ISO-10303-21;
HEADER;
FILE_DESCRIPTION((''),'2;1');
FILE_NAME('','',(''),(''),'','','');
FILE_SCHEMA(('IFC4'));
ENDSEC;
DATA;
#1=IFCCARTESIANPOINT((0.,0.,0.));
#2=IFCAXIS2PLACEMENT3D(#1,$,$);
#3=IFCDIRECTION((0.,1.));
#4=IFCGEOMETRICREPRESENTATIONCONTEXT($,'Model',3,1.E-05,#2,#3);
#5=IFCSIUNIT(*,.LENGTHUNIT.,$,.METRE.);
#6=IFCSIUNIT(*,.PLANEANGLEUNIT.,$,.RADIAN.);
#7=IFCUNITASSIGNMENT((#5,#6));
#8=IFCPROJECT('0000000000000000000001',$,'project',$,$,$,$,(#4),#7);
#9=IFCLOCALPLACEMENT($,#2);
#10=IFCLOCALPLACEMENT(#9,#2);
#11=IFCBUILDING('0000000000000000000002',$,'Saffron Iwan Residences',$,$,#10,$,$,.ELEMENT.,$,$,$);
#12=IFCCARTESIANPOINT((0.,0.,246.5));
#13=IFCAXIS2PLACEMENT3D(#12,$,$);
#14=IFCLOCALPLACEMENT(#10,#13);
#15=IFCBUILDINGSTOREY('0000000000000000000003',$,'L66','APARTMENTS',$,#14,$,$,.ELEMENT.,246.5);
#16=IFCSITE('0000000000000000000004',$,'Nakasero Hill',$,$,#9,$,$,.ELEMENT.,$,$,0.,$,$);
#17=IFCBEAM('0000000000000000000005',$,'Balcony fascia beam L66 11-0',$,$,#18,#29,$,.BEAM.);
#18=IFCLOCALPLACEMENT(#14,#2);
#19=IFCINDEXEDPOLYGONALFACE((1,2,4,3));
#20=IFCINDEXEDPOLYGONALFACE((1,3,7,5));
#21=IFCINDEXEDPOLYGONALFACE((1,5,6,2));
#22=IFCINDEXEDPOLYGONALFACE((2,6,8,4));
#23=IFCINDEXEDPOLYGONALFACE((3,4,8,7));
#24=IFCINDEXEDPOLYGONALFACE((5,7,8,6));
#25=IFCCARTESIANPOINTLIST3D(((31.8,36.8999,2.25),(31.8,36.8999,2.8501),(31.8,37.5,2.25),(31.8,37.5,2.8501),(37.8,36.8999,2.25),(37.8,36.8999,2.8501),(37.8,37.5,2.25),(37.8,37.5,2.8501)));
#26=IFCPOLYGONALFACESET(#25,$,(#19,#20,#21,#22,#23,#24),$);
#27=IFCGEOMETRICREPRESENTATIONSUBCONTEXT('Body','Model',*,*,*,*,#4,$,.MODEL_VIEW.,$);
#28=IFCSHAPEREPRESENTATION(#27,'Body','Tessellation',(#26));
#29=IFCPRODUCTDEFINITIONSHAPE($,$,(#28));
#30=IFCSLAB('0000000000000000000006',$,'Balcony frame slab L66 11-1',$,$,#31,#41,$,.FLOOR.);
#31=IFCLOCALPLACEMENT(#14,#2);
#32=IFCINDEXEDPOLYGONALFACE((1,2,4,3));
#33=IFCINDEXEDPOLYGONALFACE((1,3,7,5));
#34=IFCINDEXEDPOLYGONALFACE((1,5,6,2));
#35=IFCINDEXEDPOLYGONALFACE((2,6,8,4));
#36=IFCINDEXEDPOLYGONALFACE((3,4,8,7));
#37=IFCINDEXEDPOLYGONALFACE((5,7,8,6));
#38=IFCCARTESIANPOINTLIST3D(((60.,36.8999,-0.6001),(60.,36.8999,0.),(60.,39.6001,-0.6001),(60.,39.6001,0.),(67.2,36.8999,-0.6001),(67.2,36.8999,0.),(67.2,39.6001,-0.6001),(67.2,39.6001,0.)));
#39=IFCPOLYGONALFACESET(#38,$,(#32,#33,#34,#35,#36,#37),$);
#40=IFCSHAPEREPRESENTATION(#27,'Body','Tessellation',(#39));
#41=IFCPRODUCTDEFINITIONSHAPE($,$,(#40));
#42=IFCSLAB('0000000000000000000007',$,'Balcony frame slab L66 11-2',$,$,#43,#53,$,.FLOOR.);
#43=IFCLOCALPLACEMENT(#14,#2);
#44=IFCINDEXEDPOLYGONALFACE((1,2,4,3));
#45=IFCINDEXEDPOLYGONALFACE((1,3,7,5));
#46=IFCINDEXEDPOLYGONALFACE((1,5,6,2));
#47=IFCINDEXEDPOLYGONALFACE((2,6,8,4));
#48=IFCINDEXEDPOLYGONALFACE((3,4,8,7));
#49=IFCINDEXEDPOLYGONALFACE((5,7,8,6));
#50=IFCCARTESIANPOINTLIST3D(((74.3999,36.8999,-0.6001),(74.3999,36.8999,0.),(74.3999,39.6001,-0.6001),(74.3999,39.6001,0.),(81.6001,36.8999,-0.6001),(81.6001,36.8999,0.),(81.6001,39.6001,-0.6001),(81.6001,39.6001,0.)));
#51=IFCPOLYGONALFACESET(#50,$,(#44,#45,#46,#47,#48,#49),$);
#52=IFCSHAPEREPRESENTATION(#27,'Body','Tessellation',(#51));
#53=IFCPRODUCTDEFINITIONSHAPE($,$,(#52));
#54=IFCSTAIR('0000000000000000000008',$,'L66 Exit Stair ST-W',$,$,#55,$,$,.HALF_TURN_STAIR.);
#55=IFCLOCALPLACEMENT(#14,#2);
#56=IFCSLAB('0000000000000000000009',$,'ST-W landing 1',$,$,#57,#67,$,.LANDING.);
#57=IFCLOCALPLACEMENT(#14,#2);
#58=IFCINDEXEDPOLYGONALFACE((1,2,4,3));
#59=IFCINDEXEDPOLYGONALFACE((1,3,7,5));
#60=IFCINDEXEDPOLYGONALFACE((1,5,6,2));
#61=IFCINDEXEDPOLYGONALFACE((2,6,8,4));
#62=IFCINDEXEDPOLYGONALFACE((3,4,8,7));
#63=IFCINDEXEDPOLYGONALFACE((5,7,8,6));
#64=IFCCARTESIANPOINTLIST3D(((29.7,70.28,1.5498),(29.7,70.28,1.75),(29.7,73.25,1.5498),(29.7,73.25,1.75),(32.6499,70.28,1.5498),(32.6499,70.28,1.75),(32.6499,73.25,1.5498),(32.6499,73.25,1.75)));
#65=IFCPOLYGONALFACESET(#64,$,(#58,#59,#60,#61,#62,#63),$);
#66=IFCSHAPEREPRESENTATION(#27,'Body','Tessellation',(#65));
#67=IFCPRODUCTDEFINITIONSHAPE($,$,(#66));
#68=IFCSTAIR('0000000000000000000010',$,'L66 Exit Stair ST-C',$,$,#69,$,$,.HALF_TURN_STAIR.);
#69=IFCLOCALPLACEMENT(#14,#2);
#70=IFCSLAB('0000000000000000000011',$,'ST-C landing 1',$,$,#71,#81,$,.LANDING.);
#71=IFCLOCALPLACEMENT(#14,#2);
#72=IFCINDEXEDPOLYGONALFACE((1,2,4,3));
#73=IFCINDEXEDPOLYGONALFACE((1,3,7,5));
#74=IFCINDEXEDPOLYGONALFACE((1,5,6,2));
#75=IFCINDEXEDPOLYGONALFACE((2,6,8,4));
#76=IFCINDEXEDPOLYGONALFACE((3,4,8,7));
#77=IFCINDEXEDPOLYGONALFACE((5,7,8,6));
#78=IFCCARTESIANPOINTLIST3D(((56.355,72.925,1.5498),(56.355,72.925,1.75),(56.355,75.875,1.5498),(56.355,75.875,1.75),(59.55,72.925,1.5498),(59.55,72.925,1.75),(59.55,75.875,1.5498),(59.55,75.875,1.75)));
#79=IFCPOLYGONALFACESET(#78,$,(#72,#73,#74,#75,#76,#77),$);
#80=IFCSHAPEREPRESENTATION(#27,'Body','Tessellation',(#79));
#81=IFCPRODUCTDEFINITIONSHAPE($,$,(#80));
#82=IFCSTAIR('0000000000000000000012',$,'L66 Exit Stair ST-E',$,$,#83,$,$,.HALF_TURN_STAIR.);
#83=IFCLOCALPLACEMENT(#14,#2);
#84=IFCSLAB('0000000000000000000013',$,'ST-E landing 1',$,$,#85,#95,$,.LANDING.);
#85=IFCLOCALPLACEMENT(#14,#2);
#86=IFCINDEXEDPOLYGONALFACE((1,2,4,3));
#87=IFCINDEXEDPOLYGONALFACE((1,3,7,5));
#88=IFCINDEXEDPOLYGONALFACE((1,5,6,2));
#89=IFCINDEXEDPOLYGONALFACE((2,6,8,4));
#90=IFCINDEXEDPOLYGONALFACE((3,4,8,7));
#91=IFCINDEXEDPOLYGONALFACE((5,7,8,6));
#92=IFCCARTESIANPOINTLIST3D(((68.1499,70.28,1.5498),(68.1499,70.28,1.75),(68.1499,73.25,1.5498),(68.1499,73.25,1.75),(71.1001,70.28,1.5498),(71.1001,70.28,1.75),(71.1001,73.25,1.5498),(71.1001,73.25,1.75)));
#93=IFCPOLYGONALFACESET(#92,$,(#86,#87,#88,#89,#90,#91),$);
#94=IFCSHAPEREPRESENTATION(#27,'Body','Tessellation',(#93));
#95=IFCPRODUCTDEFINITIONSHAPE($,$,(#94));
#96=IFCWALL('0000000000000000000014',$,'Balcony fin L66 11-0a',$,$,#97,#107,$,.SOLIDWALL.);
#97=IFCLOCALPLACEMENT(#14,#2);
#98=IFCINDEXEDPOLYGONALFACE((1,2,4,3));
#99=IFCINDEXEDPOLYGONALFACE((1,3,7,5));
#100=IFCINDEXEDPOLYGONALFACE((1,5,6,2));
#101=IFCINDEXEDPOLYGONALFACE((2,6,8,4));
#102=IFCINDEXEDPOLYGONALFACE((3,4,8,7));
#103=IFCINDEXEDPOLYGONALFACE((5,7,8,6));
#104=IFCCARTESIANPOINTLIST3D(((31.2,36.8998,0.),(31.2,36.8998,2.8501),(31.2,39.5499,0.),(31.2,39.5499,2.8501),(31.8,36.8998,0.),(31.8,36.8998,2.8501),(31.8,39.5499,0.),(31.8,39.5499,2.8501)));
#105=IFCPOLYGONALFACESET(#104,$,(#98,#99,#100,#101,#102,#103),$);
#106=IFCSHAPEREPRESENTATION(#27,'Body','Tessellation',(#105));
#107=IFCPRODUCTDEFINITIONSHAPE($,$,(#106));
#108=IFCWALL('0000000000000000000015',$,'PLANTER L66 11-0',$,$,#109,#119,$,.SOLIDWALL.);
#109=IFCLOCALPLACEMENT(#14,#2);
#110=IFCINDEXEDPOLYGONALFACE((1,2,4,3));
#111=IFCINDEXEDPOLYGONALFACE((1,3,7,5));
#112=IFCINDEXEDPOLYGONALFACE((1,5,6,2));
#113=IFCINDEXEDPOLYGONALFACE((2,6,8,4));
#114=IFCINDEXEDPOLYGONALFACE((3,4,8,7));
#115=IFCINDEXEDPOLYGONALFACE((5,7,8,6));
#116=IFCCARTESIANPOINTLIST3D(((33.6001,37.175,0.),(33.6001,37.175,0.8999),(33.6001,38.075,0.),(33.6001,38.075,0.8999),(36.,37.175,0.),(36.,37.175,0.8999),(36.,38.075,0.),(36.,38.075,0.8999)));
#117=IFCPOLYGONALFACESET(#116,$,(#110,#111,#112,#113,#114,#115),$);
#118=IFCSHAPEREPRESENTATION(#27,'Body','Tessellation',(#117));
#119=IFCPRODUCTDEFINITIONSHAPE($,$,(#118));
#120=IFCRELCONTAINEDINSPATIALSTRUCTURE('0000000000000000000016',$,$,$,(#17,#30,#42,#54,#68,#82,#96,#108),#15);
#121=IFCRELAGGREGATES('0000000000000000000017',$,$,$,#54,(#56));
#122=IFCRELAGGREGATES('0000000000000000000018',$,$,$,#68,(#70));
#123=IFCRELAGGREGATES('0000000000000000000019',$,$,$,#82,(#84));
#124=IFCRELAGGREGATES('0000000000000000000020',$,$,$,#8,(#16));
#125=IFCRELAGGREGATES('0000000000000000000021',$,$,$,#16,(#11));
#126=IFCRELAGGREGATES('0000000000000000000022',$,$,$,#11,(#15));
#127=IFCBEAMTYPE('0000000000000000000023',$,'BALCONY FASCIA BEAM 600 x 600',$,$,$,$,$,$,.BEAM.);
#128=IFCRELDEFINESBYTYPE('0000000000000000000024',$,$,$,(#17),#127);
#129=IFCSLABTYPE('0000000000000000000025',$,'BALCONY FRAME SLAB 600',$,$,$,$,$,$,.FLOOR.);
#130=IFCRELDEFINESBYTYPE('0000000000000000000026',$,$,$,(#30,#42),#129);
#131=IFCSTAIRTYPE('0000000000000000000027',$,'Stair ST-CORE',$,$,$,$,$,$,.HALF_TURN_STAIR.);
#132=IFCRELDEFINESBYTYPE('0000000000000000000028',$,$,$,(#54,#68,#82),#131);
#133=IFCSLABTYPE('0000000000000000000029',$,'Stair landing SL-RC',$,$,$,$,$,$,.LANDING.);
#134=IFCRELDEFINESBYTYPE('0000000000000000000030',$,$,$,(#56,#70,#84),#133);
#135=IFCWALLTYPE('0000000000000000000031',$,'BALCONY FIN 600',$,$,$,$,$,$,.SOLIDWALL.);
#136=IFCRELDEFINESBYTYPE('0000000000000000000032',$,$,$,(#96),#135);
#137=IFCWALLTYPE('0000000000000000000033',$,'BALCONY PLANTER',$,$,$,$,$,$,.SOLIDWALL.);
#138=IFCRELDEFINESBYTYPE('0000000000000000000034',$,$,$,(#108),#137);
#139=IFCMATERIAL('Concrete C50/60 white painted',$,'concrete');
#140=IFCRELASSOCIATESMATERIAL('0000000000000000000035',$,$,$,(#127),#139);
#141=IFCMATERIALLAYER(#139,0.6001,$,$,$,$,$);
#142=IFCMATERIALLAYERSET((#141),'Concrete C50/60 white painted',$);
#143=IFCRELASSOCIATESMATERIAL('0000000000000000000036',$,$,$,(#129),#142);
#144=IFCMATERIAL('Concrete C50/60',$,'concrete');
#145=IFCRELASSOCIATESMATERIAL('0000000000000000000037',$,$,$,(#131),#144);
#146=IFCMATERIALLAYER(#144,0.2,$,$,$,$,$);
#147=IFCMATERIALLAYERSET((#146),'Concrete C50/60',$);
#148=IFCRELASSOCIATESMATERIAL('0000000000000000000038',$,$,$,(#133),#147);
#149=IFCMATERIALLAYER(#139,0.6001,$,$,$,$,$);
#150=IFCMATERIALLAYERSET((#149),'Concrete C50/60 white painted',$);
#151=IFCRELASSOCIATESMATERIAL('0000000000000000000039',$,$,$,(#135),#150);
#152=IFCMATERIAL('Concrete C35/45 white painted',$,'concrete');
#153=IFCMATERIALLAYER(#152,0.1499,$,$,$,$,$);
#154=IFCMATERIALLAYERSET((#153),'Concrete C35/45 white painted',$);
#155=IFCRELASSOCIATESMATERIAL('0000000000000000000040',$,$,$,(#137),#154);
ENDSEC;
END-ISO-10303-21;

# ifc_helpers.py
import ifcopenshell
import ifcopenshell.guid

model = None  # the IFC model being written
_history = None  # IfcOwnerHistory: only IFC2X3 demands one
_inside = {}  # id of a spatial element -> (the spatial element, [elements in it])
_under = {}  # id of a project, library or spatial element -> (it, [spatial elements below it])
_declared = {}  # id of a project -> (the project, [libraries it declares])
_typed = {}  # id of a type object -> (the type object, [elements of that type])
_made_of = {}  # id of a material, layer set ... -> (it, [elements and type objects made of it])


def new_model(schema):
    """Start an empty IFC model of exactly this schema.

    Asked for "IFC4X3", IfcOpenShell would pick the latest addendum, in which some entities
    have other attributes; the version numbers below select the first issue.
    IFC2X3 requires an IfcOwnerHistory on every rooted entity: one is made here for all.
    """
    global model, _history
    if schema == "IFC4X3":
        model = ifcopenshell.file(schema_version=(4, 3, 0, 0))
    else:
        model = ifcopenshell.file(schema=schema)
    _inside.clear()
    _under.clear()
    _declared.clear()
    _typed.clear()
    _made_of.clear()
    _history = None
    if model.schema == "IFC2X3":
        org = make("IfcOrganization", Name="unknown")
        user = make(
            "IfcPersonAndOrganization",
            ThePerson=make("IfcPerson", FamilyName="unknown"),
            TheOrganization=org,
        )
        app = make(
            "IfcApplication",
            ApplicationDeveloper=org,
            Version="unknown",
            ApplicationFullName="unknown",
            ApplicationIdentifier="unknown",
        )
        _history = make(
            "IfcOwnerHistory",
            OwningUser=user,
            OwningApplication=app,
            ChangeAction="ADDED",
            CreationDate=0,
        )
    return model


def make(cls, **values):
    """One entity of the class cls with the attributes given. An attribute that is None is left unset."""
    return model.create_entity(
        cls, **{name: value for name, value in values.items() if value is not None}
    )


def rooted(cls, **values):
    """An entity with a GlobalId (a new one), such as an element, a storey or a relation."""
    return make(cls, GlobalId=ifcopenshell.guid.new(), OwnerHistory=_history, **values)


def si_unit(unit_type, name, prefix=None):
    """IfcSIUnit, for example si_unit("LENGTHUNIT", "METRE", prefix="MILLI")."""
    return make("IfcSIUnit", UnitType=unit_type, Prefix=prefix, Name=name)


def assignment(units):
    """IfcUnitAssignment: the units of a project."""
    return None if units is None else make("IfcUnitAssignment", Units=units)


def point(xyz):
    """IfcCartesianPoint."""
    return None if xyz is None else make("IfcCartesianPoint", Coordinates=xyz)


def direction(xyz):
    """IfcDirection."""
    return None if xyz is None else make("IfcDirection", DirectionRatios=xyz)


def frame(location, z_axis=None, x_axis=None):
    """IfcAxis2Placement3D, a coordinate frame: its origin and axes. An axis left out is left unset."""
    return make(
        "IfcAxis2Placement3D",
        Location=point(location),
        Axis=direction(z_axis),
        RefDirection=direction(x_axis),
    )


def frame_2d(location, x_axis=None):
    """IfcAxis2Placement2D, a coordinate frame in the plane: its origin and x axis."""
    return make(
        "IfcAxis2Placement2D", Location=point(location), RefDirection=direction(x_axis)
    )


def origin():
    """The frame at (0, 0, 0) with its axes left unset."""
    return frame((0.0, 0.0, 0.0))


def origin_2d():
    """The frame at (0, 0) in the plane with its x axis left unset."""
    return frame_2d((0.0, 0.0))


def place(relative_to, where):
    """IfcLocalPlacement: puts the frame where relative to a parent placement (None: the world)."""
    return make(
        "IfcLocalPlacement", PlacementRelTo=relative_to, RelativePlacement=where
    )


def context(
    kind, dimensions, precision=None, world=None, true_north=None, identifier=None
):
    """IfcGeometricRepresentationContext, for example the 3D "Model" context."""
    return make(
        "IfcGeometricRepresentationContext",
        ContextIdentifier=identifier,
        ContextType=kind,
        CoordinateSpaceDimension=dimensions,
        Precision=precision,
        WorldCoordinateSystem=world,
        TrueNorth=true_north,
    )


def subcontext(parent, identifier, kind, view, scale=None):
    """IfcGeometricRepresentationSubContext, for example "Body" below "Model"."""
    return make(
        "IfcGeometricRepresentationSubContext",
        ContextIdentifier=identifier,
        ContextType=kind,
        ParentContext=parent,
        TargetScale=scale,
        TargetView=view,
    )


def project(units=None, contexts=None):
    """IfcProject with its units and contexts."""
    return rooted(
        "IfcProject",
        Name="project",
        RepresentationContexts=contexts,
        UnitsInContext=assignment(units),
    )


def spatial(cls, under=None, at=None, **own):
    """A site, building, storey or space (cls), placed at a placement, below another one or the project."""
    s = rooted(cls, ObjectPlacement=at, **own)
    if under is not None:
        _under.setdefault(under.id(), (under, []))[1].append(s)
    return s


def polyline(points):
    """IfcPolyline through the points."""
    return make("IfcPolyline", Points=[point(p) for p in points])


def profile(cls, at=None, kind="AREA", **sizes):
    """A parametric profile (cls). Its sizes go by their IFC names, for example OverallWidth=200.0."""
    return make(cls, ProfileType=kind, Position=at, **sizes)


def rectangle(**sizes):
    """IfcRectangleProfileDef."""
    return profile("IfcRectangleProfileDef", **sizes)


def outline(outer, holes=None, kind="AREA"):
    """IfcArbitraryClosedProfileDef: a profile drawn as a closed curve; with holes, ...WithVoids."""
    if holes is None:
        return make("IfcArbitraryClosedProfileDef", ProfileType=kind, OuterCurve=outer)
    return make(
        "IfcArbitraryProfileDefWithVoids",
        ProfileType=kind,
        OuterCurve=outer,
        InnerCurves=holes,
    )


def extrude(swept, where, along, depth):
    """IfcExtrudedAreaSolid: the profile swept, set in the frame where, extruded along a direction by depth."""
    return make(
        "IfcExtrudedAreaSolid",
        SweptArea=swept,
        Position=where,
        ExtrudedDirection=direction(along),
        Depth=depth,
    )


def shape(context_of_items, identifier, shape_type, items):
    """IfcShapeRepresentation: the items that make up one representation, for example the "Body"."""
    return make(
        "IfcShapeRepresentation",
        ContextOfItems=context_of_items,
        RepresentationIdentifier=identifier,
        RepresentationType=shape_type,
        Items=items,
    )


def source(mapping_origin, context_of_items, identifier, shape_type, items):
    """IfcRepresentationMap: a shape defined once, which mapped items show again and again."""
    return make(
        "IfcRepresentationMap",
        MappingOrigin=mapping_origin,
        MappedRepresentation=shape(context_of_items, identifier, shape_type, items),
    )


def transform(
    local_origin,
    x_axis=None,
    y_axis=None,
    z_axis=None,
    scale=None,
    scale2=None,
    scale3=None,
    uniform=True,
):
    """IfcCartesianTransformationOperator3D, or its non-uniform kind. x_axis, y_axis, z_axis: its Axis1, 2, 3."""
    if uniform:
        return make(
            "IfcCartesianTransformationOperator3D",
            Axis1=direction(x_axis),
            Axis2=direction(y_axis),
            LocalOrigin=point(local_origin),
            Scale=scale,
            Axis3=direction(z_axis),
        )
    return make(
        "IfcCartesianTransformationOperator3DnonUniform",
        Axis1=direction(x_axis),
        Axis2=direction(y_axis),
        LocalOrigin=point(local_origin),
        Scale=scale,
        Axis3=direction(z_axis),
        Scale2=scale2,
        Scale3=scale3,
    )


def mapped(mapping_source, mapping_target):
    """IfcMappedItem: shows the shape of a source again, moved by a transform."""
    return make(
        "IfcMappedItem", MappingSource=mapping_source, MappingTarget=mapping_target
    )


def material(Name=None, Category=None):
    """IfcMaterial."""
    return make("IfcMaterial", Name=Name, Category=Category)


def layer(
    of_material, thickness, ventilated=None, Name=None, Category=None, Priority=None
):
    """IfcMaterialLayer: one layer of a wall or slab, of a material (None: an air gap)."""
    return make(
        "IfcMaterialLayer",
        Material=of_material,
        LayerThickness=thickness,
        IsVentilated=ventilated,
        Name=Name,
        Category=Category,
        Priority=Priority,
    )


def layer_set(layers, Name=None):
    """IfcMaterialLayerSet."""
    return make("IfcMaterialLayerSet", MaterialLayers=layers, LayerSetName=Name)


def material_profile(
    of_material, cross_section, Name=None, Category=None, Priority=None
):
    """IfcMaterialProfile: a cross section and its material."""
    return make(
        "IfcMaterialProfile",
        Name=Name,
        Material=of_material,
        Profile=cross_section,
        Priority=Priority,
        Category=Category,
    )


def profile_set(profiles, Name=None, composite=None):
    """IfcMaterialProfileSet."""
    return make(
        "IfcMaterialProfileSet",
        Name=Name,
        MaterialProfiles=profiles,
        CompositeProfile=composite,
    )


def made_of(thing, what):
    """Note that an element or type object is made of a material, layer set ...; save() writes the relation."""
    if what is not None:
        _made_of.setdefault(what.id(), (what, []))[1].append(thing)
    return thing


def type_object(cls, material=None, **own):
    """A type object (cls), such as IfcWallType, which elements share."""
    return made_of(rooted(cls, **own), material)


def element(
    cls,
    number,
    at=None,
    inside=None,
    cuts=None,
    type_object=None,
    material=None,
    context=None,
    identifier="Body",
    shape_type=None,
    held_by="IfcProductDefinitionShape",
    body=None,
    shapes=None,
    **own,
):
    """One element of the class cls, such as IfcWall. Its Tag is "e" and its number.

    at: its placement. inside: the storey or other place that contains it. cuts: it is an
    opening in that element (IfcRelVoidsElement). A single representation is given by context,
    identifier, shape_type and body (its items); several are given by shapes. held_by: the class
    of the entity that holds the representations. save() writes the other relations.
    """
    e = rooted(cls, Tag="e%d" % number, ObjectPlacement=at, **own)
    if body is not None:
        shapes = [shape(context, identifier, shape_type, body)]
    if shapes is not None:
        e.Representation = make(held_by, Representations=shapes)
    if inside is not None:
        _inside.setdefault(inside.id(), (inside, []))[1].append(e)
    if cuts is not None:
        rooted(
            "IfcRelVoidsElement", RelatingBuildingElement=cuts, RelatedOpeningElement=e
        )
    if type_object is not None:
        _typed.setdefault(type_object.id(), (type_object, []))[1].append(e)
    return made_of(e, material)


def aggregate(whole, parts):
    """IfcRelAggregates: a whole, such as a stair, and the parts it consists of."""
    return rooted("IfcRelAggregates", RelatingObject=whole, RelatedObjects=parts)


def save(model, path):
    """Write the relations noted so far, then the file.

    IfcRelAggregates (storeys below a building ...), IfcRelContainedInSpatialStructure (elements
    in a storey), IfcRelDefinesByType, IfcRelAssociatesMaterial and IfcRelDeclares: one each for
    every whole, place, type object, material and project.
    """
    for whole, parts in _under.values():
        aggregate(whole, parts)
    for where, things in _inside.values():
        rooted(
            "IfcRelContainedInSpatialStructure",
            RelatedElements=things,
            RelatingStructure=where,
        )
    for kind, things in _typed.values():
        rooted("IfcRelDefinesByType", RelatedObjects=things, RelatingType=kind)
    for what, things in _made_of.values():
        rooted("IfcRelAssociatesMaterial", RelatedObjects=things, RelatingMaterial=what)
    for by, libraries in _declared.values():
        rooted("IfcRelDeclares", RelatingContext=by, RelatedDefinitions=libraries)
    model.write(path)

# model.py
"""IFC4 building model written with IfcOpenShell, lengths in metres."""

from ifc_helpers import new_model, si_unit, direction, frame, frame_2d, origin, origin_2d, place, context, subcontext, project, spatial, polyline, rectangle, outline, extrude, source, transform, mapped, material, layer, layer_set, material_profile, profile_set, type_object, element, aggregate, save


model = new_model("IFC4")

# Units and contexts
model_context = context("Model", 3, precision=1e-05, world=origin(), true_north=direction((0.0, 1.0)))
body_context = subcontext(model_context, "Body", "Model", "MODEL_VIEW")
ifc_project = project(units=[si_unit("LENGTHUNIT", "METRE"), si_unit("PLANEANGLEUNIT", "RADIAN")], contexts=[model_context])

# Site, building, storey
site_placement = place(None, origin())
site = spatial("IfcSite", under=ifc_project, at=site_placement, Name="Nakasero Hill", CompositionType="ELEMENT", RefElevation=0.0)
building_placement = place(site_placement, origin())
building = spatial("IfcBuilding", under=site, at=building_placement, Name="Saffron Iwan Residences", CompositionType="ELEMENT")
storey_placement = place(building_placement, frame((0.0, 0.0, 246.5)))
storey = spatial("IfcBuildingStorey", under=building, at=storey_placement, Name="L66", Description="APARTMENTS", CompositionType="ELEMENT", Elevation=246.5)

# Beam
ifc_material_1 = material(Name="Concrete C50/60 white painted", Category="concrete")
ifc_material_profile = material_profile(ifc_material_1, rectangle(XDim=0.6001, YDim=0.6001, at=origin_2d()), Name="BALCONY FASCIA BEAM 600 x 600")
ifc_profile_set = profile_set([ifc_material_profile], Name="Concrete C50/60 white painted")
beam_type = type_object("IfcBeamType", Name="BALCONY FASCIA BEAM 600 x 600", PredefinedType="BEAM", material=ifc_profile_set)
shared_shape = source(origin(), body_context, "Body", "SweptSolid", [
    extrude(rectangle(XDim=0.6001, YDim=0.6001, at=origin_2d()), origin(), (0.0, 0.0, 1.0), 6.0),
])
beam_placement = place(storey_placement, frame((31.8, 37.2, 2.55), z_axis=(1.0, 0.0, 0.0), x_axis=(0.0, 1.0, 0.0)))
element("IfcBeam", 1, at=beam_placement, inside=storey, type_object=beam_type, Name="Balcony fascia beam L66 11-0", PredefinedType="BEAM", context=body_context, shape_type="MappedRepresentation", body=[
    mapped(shared_shape, transform((0.0, 0.0, 0.0))),
])

# Slabs
ifc_layer_1 = layer(ifc_material_1, 0.6001)
ifc_layer_set_1 = layer_set([ifc_layer_1], Name="Concrete C50/60 white painted")
slab_type_1 = type_object("IfcSlabType", Name="BALCONY FRAME SLAB 600", PredefinedType="FLOOR", material=ifc_layer_set_1)
slab_1_placement = place(storey_placement, frame((0.0, 0.0, -0.6001)))
element("IfcSlab", 2, at=slab_1_placement, inside=storey, type_object=slab_type_1, Name="Balcony frame slab L66 11-1", PredefinedType="FLOOR", context=body_context, shape_type="SweptSolid", body=[
    extrude(outline(polyline([(60.0, 36.8999), (67.2, 36.8999), (67.2, 39.6001), (60.0, 39.6001), (60.0, 36.8999)])), origin(), (0.0, 0.0, 1.0), 0.6001),
])
slab_2_placement = place(storey_placement, frame((0.0, 0.0, -0.6001)))
element("IfcSlab", 3, at=slab_2_placement, inside=storey, type_object=slab_type_1, Name="Balcony frame slab L66 11-2", PredefinedType="FLOOR", context=body_context, shape_type="SweptSolid", body=[
    extrude(outline(polyline([(74.3999, 36.8999), (81.6001, 36.8999), (81.6001, 39.6001), (74.3999, 39.6001), (74.3999, 36.8999)])), origin(), (0.0, 0.0, 1.0), 0.6001),
])

# Stairs, slabs
ifc_material_2 = material(Name="Concrete C50/60", Category="concrete")
stair_type = type_object("IfcStairType", Name="Stair ST-CORE", PredefinedType="HALF_TURN_STAIR", material=ifc_material_2)
stair_1_placement = place(storey_placement, origin())
stair_1 = element("IfcStair", 4, at=stair_1_placement, inside=storey, type_object=stair_type, Name="L66 Exit Stair ST-W", PredefinedType="HALF_TURN_STAIR")
ifc_layer_2 = layer(ifc_material_2, 0.2)
ifc_layer_set_2 = layer_set([ifc_layer_2], Name="Concrete C50/60")
slab_type_2 = type_object("IfcSlabType", Name="Stair landing SL-RC", PredefinedType="LANDING", material=ifc_layer_set_2)
slab_3_placement = place(storey_placement, frame((0.0, 0.0, 1.5498)))
slab_3 = element("IfcSlab", 5, at=slab_3_placement, type_object=slab_type_2, Name="ST-W landing 1", PredefinedType="LANDING", context=body_context, shape_type="SweptSolid", body=[
    extrude(outline(polyline([(32.6499, 70.28), (32.6499, 73.25), (29.7, 73.25), (29.7, 70.28), (32.6499, 70.28)])), origin(), (0.0, 0.0, 1.0), 0.2002),
])
aggregate(stair_1, [slab_3])
stair_2_placement = place(storey_placement, origin())
stair_2 = element("IfcStair", 6, at=stair_2_placement, inside=storey, type_object=stair_type, Name="L66 Exit Stair ST-C", PredefinedType="HALF_TURN_STAIR")
slab_4_placement = place(storey_placement, frame((0.0, 0.0, 1.5498)))
slab_4 = element("IfcSlab", 7, at=slab_4_placement, type_object=slab_type_2, Name="ST-C landing 1", PredefinedType="LANDING", context=body_context, shape_type="SweptSolid", body=[
    extrude(outline(polyline([(56.355, 72.925), (59.55, 72.925), (59.55, 75.875), (56.355, 75.875), (56.355, 72.925)])), origin(), (0.0, 0.0, 1.0), 0.2002),
])
aggregate(stair_2, [slab_4])
stair_3_placement = place(storey_placement, origin())
stair_3 = element("IfcStair", 8, at=stair_3_placement, inside=storey, type_object=stair_type, Name="L66 Exit Stair ST-E", PredefinedType="HALF_TURN_STAIR")
slab_5_placement = place(storey_placement, frame((0.0, 0.0, 1.5498)))
slab_5 = element("IfcSlab", 9, at=slab_5_placement, type_object=slab_type_2, Name="ST-E landing 1", PredefinedType="LANDING", context=body_context, shape_type="SweptSolid", body=[
    extrude(outline(polyline([(71.1001, 70.28), (71.1001, 73.25), (68.1499, 73.25), (68.1499, 70.28), (71.1001, 70.28)])), origin(), (0.0, 0.0, 1.0), 0.2002),
])
aggregate(stair_3, [slab_5])

# Walls
ifc_layer_3 = layer(ifc_material_1, 0.6001)
ifc_layer_set_3 = layer_set([ifc_layer_3], Name="Concrete C50/60 white painted")
wall_type_1 = type_object("IfcWallType", Name="BALCONY FIN 600", PredefinedType="SOLIDWALL", material=ifc_layer_set_3)
wall_1_placement = place(storey_placement, frame((31.5, 39.55, 0.0), z_axis=(0.0, 0.0, 1.0), x_axis=(0.0, -1.0, 0.0)))
element("IfcWall", 10, at=wall_1_placement, inside=storey, type_object=wall_type_1, Name="Balcony fin L66 11-0a", PredefinedType="SOLIDWALL", context=body_context, shape_type="SweptSolid", body=[
    extrude(rectangle(XDim=2.6501, YDim=0.6001, at=frame_2d((1.3252, 0.0))), origin(), (0.0, 0.0, 1.0), 2.8501),
])
ifc_material_3 = material(Name="Concrete C35/45 white painted", Category="concrete")
ifc_layer_4 = layer(ifc_material_3, 0.1499)
ifc_layer_set_4 = layer_set([ifc_layer_4], Name="Concrete C35/45 white painted")
wall_type_2 = type_object("IfcWallType", Name="BALCONY PLANTER", PredefinedType="SOLIDWALL", material=ifc_layer_set_4)
wall_2_placement = place(storey_placement, frame((33.6001, 37.625, 0.0), z_axis=(0.0, 0.0, 1.0), x_axis=(1.0, 0.0, 0.0)))
element("IfcWall", 11, at=wall_2_placement, inside=storey, type_object=wall_type_2, Name="PLANTER L66 11-0", PredefinedType="SOLIDWALL", context=body_context, shape_type="SweptSolid", body=[
    extrude(rectangle(XDim=2.3999, YDim=0.8999, at=frame_2d((1.2, 0.0))), origin(), (0.0, 0.0, 1.0), 0.8999),
])

save(model, "model.ifc")
